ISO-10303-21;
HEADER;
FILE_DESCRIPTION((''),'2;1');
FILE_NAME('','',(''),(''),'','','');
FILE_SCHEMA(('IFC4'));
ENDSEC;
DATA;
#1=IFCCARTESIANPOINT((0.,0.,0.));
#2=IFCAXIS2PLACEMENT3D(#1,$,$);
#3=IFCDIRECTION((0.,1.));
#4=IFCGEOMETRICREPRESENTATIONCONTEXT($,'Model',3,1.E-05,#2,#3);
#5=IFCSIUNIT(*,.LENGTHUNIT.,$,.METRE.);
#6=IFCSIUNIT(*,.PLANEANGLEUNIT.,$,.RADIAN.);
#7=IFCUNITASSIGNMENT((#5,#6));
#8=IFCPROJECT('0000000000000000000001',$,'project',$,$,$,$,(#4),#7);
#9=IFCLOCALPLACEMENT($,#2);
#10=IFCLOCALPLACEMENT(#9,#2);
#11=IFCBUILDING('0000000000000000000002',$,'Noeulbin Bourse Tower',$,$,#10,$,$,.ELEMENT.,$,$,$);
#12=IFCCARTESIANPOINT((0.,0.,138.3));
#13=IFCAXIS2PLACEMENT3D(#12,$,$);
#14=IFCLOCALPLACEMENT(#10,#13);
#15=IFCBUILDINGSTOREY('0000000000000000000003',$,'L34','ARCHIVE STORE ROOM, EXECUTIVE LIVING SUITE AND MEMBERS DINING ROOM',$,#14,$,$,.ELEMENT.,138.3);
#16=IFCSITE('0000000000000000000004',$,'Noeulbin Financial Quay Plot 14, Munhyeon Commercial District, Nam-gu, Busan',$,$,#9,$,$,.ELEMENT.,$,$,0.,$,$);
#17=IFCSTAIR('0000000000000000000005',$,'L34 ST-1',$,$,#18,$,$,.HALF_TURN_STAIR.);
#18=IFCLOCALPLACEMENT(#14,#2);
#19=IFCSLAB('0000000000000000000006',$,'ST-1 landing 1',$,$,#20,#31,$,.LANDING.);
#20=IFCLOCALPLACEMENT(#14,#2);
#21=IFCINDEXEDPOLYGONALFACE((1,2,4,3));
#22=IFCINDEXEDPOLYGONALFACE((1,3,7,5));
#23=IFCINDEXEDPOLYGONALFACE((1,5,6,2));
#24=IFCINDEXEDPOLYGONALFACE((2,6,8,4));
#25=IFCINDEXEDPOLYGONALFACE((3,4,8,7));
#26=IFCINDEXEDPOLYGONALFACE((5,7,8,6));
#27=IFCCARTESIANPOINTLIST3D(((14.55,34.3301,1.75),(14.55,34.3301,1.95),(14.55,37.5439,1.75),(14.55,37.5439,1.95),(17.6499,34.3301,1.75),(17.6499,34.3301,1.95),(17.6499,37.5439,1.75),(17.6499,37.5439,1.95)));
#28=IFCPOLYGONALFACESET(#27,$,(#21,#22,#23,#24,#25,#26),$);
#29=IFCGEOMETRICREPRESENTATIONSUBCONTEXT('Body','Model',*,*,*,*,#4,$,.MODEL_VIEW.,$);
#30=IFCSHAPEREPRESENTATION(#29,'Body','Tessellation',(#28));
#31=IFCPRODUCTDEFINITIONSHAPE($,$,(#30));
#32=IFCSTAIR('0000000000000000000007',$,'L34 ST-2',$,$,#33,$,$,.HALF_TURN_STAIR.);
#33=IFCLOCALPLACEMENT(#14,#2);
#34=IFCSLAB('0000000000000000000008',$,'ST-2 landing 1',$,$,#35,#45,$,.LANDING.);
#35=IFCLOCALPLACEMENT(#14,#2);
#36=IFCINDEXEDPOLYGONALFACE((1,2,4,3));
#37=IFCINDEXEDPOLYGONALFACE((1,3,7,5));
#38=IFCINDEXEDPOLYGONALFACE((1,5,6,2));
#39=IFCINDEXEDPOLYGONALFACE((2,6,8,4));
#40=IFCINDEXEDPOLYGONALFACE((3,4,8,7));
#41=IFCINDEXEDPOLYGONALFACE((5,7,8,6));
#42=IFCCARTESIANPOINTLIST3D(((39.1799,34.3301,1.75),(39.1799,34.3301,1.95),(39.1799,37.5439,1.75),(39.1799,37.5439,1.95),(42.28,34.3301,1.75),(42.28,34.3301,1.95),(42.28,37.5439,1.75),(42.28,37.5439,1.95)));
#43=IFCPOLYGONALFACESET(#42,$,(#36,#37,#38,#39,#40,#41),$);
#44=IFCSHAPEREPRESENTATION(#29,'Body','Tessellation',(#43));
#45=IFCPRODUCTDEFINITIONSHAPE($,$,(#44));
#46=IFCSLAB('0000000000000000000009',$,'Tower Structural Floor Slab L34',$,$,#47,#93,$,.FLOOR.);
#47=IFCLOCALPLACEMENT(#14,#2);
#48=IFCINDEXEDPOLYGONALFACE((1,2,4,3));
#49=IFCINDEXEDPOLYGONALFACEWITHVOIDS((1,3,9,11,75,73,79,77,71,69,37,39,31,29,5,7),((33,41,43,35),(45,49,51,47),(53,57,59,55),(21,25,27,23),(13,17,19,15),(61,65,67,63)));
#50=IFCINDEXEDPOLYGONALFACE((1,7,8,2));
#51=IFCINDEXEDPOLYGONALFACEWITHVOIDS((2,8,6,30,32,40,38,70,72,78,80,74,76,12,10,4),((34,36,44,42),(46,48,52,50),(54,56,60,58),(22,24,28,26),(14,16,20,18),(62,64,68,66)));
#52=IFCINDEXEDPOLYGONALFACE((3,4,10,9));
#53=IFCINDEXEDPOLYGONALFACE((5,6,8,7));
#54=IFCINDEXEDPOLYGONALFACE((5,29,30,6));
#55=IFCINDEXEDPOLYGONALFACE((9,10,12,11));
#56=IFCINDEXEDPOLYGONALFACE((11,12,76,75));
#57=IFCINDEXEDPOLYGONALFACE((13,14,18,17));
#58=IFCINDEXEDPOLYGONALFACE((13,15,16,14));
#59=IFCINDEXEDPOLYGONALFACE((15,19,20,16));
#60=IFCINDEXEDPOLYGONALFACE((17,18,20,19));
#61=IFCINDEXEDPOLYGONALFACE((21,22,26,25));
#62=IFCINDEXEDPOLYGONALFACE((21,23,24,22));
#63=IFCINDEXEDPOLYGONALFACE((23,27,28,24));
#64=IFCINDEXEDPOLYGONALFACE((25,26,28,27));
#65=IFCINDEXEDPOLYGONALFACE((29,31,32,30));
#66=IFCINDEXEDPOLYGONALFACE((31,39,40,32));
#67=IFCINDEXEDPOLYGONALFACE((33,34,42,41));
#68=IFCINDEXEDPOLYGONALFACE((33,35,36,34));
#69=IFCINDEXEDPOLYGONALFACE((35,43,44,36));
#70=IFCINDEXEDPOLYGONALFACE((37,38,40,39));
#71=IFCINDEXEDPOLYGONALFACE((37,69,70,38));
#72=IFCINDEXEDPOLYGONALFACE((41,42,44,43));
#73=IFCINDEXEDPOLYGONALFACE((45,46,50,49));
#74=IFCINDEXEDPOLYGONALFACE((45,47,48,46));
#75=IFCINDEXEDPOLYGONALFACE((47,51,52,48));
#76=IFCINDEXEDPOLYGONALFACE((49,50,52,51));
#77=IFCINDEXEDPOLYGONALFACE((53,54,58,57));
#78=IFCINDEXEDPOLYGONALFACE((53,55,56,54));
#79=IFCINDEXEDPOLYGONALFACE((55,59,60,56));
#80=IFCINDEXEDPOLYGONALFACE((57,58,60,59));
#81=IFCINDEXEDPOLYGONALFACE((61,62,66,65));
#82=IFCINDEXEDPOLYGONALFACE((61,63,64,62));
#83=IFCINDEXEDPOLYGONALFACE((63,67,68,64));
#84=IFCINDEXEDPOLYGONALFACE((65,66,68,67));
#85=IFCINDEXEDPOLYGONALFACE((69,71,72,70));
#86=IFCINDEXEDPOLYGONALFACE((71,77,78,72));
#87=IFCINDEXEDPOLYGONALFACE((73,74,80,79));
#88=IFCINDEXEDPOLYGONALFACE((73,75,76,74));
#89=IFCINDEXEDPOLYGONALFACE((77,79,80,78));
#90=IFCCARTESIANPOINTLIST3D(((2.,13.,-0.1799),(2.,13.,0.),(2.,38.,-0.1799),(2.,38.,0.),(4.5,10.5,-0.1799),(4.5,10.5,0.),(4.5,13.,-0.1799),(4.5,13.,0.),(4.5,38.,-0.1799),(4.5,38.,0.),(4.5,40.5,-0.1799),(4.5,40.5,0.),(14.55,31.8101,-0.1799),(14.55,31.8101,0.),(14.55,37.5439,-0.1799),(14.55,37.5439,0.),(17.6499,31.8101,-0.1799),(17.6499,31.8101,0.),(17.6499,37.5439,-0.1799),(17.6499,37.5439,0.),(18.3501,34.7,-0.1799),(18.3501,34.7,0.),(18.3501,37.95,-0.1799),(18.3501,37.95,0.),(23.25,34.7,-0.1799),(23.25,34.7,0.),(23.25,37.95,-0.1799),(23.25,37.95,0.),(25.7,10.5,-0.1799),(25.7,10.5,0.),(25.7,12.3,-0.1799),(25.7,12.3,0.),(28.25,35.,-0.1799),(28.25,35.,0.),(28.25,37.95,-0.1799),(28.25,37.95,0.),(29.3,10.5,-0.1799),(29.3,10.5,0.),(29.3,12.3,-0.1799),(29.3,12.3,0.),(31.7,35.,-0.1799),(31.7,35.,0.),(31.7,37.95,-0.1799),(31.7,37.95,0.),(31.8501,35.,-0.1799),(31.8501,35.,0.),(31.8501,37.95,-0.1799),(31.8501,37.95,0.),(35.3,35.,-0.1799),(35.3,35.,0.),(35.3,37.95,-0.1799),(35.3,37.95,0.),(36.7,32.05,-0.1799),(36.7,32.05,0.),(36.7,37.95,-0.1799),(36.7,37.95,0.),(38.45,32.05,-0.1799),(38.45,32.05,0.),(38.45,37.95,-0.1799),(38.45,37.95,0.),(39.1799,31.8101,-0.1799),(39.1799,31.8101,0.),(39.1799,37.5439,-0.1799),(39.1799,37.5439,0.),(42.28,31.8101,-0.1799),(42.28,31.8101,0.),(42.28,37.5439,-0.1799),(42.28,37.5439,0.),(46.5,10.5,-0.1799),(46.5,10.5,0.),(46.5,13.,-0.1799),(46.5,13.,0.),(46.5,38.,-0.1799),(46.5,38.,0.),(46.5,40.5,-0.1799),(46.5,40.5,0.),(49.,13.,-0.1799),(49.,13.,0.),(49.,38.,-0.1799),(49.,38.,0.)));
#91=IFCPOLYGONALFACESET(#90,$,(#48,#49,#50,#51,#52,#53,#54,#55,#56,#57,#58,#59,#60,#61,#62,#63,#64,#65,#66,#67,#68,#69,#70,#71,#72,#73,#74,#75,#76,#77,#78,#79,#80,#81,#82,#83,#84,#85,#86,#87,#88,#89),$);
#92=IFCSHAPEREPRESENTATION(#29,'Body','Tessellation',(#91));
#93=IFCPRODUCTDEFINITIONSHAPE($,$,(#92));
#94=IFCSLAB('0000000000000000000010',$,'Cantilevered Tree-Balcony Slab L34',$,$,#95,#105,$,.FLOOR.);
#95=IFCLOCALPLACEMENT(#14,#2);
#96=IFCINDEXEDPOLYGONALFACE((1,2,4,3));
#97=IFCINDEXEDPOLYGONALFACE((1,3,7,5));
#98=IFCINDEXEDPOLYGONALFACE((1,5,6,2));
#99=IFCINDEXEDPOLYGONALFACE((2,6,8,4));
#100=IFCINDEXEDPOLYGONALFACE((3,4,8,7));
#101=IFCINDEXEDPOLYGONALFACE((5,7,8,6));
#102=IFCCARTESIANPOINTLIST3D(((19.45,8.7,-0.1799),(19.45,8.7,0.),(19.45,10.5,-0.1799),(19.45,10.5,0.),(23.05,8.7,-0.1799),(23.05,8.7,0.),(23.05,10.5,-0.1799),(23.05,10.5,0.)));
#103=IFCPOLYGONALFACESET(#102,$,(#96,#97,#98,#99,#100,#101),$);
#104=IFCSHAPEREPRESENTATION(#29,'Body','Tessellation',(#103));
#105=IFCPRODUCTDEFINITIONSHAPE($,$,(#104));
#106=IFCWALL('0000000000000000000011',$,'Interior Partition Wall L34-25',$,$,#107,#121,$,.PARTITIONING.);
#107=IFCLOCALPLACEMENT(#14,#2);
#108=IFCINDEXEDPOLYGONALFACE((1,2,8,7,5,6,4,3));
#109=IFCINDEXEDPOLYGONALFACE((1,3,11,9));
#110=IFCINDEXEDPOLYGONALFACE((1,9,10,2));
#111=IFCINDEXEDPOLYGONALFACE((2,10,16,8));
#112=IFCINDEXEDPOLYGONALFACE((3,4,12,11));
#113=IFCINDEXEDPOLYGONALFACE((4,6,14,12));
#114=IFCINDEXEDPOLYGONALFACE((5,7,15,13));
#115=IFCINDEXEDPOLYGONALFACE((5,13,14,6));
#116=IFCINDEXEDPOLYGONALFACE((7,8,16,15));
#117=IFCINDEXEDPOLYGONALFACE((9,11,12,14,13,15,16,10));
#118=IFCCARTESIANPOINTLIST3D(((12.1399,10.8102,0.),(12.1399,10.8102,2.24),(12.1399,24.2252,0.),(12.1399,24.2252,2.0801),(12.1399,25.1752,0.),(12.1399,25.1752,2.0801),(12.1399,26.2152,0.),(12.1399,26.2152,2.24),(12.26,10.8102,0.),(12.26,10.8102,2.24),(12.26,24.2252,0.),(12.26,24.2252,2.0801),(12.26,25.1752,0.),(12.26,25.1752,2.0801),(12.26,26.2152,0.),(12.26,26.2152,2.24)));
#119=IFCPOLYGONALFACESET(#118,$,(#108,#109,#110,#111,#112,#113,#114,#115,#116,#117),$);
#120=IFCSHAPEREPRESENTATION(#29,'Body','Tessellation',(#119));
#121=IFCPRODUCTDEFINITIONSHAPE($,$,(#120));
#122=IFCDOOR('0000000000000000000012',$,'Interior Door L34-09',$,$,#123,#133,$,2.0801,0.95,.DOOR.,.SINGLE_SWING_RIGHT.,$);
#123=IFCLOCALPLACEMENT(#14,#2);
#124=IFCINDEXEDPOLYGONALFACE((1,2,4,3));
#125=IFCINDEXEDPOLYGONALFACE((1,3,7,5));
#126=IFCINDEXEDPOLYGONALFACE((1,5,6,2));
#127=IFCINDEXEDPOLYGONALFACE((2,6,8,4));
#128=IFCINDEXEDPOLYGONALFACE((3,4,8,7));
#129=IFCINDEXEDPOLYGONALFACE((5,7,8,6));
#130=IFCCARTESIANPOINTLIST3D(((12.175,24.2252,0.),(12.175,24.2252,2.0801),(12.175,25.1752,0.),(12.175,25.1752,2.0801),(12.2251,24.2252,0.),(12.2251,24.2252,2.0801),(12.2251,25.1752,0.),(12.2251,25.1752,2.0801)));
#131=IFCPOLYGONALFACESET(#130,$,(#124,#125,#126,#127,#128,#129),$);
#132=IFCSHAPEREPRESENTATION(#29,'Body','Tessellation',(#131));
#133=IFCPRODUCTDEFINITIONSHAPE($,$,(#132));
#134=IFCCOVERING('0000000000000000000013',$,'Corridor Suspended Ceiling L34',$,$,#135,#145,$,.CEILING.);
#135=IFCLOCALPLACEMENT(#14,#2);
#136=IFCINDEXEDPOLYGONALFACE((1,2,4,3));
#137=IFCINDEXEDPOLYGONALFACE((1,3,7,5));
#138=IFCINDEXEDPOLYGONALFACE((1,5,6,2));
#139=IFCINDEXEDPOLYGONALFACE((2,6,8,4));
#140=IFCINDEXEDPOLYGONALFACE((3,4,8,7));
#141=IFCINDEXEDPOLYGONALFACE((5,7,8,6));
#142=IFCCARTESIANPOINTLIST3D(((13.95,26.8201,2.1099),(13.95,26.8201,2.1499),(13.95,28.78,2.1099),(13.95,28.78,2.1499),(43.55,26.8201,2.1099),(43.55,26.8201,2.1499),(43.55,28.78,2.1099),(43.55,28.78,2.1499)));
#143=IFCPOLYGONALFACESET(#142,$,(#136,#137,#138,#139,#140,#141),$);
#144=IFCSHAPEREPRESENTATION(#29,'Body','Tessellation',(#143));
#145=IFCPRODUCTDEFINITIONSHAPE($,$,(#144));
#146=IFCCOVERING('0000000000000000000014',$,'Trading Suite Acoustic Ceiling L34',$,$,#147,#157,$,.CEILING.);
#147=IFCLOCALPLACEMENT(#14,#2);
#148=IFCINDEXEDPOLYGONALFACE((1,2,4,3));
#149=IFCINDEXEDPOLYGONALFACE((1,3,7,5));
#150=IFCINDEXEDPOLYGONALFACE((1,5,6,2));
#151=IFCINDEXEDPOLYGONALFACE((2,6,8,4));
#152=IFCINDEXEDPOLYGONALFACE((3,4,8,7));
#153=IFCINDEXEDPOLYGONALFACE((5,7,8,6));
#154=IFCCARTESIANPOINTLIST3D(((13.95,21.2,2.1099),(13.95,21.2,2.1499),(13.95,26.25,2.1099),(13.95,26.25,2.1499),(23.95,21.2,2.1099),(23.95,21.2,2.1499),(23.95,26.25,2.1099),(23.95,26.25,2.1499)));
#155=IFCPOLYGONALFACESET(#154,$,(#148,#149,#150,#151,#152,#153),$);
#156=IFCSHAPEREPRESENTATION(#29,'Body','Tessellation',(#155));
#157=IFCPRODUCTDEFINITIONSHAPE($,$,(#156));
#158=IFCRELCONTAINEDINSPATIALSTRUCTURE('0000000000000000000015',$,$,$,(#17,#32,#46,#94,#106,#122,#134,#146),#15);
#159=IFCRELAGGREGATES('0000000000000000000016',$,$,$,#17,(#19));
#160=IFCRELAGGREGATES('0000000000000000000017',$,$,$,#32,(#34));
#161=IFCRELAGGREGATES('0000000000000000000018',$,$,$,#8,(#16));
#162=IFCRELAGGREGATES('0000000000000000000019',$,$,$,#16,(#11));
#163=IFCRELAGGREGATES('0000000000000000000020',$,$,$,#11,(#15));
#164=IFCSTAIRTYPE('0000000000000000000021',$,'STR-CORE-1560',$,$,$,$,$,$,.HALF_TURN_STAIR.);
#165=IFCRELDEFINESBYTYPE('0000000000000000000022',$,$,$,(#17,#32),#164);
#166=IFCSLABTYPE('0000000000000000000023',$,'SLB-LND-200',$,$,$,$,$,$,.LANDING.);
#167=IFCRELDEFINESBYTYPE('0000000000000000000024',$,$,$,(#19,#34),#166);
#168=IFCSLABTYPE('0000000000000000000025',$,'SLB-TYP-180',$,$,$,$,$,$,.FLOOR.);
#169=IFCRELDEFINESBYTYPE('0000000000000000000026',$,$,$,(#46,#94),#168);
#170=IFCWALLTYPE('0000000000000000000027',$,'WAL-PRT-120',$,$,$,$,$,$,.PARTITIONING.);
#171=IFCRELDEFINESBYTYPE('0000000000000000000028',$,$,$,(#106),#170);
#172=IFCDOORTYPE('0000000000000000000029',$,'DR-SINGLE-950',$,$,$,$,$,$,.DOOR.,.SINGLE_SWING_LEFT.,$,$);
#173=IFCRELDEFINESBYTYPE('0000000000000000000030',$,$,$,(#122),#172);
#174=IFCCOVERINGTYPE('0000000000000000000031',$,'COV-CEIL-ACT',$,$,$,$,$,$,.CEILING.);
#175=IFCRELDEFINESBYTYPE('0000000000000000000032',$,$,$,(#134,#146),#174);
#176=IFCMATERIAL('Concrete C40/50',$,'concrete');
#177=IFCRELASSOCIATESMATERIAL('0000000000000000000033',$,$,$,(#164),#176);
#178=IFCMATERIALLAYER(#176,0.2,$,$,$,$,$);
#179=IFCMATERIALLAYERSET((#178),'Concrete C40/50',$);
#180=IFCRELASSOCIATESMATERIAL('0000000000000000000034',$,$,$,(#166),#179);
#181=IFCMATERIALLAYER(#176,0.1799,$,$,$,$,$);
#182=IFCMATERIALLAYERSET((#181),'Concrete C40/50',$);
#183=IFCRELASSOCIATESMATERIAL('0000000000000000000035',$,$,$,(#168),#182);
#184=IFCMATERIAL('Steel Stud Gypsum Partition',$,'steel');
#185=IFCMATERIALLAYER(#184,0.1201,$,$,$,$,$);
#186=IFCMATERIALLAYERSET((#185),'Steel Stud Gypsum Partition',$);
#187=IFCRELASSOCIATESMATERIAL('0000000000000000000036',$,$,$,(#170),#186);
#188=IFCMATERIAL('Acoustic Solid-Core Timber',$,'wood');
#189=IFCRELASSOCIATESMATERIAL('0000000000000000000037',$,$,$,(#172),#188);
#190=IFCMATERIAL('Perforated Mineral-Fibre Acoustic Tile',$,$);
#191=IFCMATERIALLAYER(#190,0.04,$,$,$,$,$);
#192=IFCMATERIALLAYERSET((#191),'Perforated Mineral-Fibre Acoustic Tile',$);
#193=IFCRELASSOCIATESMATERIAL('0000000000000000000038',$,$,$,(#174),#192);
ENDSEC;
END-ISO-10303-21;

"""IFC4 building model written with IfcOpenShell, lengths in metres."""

from ifc_helpers import new_model, si_unit, direction, frame, frame_2d, origin, place, context, subcontext, project, spatial, polyline, rectangle, outline, extrude, material, layer, layer_set, type_object, element, fill, aggregate, save


model = new_model("IFC4")

# Units and contexts
model_context = context("Model", 3, precision=1e-05, world=origin(), true_north=direction((0.0, 1.0)))
body_context = subcontext(model_context, "Body", "Model", "MODEL_VIEW")
ifc_project = project(units=[si_unit("LENGTHUNIT", "METRE"), si_unit("PLANEANGLEUNIT", "RADIAN")], contexts=[model_context])

# Site, building, storey
site_placement = place(None, origin())
site = spatial("IfcSite", under=ifc_project, at=site_placement, Name="Noeulbin Financial Quay Plot 14, Munhyeon Commercial District, Nam-gu, Busan", CompositionType="ELEMENT", RefElevation=0.0)
building_placement = place(site_placement, origin())
building = spatial("IfcBuilding", under=site, at=building_placement, Name="Noeulbin Bourse Tower", CompositionType="ELEMENT")
storey_placement = place(building_placement, frame((0.0, 0.0, 138.3)))
storey = spatial("IfcBuildingStorey", under=building, at=storey_placement, Name="L34", Description="ARCHIVE STORE ROOM, EXECUTIVE LIVING SUITE AND MEMBERS DINING ROOM", CompositionType="ELEMENT", Elevation=138.3)

# Stairs, slabs
ifc_material_1 = material(Name="Concrete C40/50", Category="concrete")
stair_type = type_object("IfcStairType", Name="STR-CORE-1560", PredefinedType="HALF_TURN_STAIR", material=ifc_material_1)
stair_1_placement = place(storey_placement, origin())
stair_1 = element("IfcStair", 1, at=stair_1_placement, inside=storey, type_object=stair_type, Name="L34 ST-1", PredefinedType="HALF_TURN_STAIR")
ifc_layer_1 = layer(ifc_material_1, 0.2)
ifc_layer_set_1 = layer_set([ifc_layer_1], Name="Concrete C40/50")
slab_type_1 = type_object("IfcSlabType", Name="SLB-LND-200", PredefinedType="LANDING", material=ifc_layer_set_1)
slab_1_placement = place(storey_placement, frame((0.0, 0.0, 1.75)))
slab_1 = element("IfcSlab", 2, at=slab_1_placement, type_object=slab_type_1, Name="ST-1 landing 1", PredefinedType="LANDING", context=body_context, shape_type="SweptSolid", body=[
    extrude(outline(polyline([(17.6499, 34.3301), (17.6499, 37.5439), (14.55, 37.5439), (14.55, 34.3301), (17.6499, 34.3301)])), origin(), (0.0, 0.0, 1.0), 0.2),
])
aggregate(stair_1, [slab_1])
stair_2_placement = place(storey_placement, origin())
stair_2 = element("IfcStair", 3, at=stair_2_placement, inside=storey, type_object=stair_type, Name="L34 ST-2", PredefinedType="HALF_TURN_STAIR")
slab_2_placement = place(storey_placement, frame((0.0, 0.0, 1.75)))
slab_2 = element("IfcSlab", 4, at=slab_2_placement, type_object=slab_type_1, Name="ST-2 landing 1", PredefinedType="LANDING", context=body_context, shape_type="SweptSolid", body=[
    extrude(outline(polyline([(42.28, 34.3301), (42.28, 37.5439), (39.1799, 37.5439), (39.1799, 34.3301), (42.28, 34.3301)])), origin(), (0.0, 0.0, 1.0), 0.2),
])
aggregate(stair_2, [slab_2])

# Slab, openings
ifc_layer_2 = layer(ifc_material_1, 0.1799)
ifc_layer_set_2 = layer_set([ifc_layer_2], Name="Concrete C40/50")
slab_type_2 = type_object("IfcSlabType", Name="SLB-TYP-180", PredefinedType="FLOOR", material=ifc_layer_set_2)
slab_3_placement = place(storey_placement, frame((0.0, 0.0, -0.1799)))
slab_3 = element("IfcSlab", 5, at=slab_3_placement, inside=storey, type_object=slab_type_2, Name="Tower Structural Floor Slab L34", PredefinedType="FLOOR", context=body_context, shape_type="SweptSolid", body=[
    extrude(outline(polyline([(4.5, 10.5), (25.7, 10.5), (25.7, 12.3), (29.3, 12.3), (29.3, 10.5), (46.5, 10.5), (46.5, 13.0), (49.0, 13.0), (49.0, 38.0), (46.5, 38.0), (46.5, 40.5), (4.5, 40.5), (4.5, 38.0), (2.0, 38.0), (2.0, 13.0), (4.5, 13.0), (4.5, 10.5)]), holes=[polyline([(17.6499, 31.8101), (17.6499, 37.5439), (14.55, 37.5439), (14.55, 31.8101), (17.6499, 31.8101)]), polyline([(42.28, 31.8101), (42.28, 37.5439), (39.1799, 37.5439), (39.1799, 31.8101), (42.28, 31.8101)]), polyline([(18.3501, 34.7), (23.25, 34.7), (23.25, 37.95), (18.3501, 37.95), (18.3501, 34.7)]), polyline([(36.7, 32.05), (38.45, 32.05), (38.45, 37.95), (36.7, 37.95), (36.7, 32.05)]), polyline([(28.25, 35.0), (31.7, 35.0), (31.7, 37.95), (28.25, 37.95), (28.25, 35.0)]), polyline([(31.8501, 35.0), (35.3, 35.0), (35.3, 37.95), (31.8501, 37.95), (31.8501, 35.0)])]), origin(), (0.0, 0.0, 1.0), 0.1799),
])
opening_1_placement = place(slab_3_placement, frame((0.0, 0.0, -0.01)))
element("IfcOpeningElement", 6, at=opening_1_placement, cuts=slab_3, PredefinedType="OPENING", context=body_context, shape_type="SweptSolid", body=[
    extrude(outline(polyline([(17.6499, 31.8101), (17.6499, 37.5439), (14.55, 37.5439), (14.55, 31.8101), (17.6499, 31.8101)])), origin(), (0.0, 0.0, 1.0), 0.2),
])
opening_2_placement = place(slab_3_placement, frame((0.0, 0.0, -0.01)))
element("IfcOpeningElement", 7, at=opening_2_placement, cuts=slab_3, PredefinedType="OPENING", context=body_context, shape_type="SweptSolid", body=[
    extrude(outline(polyline([(42.28, 31.8101), (42.28, 37.5439), (39.1799, 37.5439), (39.1799, 31.8101), (42.28, 31.8101)])), origin(), (0.0, 0.0, 1.0), 0.2),
])
opening_3_placement = place(slab_3_placement, frame((0.0, 0.0, -0.01)))
element("IfcOpeningElement", 8, at=opening_3_placement, cuts=slab_3, PredefinedType="OPENING", context=body_context, shape_type="SweptSolid", body=[
    extrude(outline(polyline([(18.3501, 34.7), (23.25, 34.7), (23.25, 37.95), (18.3501, 37.95), (18.3501, 34.7)])), origin(), (0.0, 0.0, 1.0), 0.2),
])
opening_4_placement = place(slab_3_placement, frame((0.0, 0.0, -0.01)))
element("IfcOpeningElement", 9, at=opening_4_placement, cuts=slab_3, PredefinedType="OPENING", context=body_context, shape_type="SweptSolid", body=[
    extrude(outline(polyline([(36.7, 32.05), (38.45, 32.05), (38.45, 37.95), (36.7, 37.95), (36.7, 32.05)])), origin(), (0.0, 0.0, 1.0), 0.2),
])
opening_5_placement = place(slab_3_placement, frame((0.0, 0.0, -0.01)))
element("IfcOpeningElement", 10, at=opening_5_placement, cuts=slab_3, PredefinedType="OPENING", context=body_context, shape_type="SweptSolid", body=[
    extrude(outline(polyline([(28.25, 35.0), (31.7, 35.0), (31.7, 37.95), (28.25, 37.95), (28.25, 35.0)])), origin(), (0.0, 0.0, 1.0), 0.2),
])
opening_6_placement = place(slab_3_placement, frame((0.0, 0.0, -0.01)))
element("IfcOpeningElement", 11, at=opening_6_placement, cuts=slab_3, PredefinedType="OPENING", context=body_context, shape_type="SweptSolid", body=[
    extrude(outline(polyline([(31.8501, 35.0), (35.3, 35.0), (35.3, 37.95), (31.8501, 37.95), (31.8501, 35.0)])), origin(), (0.0, 0.0, 1.0), 0.2),
])

# Slab
slab_4_placement = place(storey_placement, frame((0.0, 0.0, -0.1799)))
element("IfcSlab", 12, at=slab_4_placement, inside=storey, type_object=slab_type_2, Name="Cantilevered Tree-Balcony Slab L34", PredefinedType="FLOOR", context=body_context, shape_type="SweptSolid", body=[
    extrude(outline(polyline([(19.45, 8.7), (23.05, 8.7), (23.05, 10.5), (19.45, 10.5), (19.45, 8.7)])), origin(), (0.0, 0.0, 1.0), 0.1799),
])

# Wall, opening, door
ifc_material_2 = material(Name="Steel Stud Gypsum Partition", Category="steel")
ifc_layer_3 = layer(ifc_material_2, 0.1201)
ifc_layer_set_3 = layer_set([ifc_layer_3], Name="Steel Stud Gypsum Partition")
wall_type = type_object("IfcWallType", Name="WAL-PRT-120", PredefinedType="PARTITIONING", material=ifc_layer_set_3)
wall_placement = place(storey_placement, frame((12.2, 10.8101, 0.0), z_axis=(0.0, 0.0, 1.0), x_axis=(0.0, 1.0, 0.0)))
wall = element("IfcWall", 13, at=wall_placement, inside=storey, type_object=wall_type, Name="Interior Partition Wall L34-25", PredefinedType="PARTITIONING", context=body_context, shape_type="SweptSolid", body=[
    extrude(rectangle(XDim=15.405, YDim=0.1201, at=frame_2d((7.7026, 0.0))), origin(), (0.0, 0.0, 1.0), 2.24),
])
opening_7_placement = place(wall_placement, frame((13.415, 0.0, 0.0)))
opening_7 = element("IfcOpeningElement", 14, at=opening_7_placement, cuts=wall, PredefinedType="OPENING", context=body_context, shape_type="SweptSolid", body=[
    extrude(rectangle(XDim=0.95, YDim=2.0801, at=frame_2d((0.4751, 1.04))), frame((0.0, 0.0701, 0.0), z_axis=(0.0, -1.0, 0.0), x_axis=(1.0, 0.0, 0.0)), (0.0, 0.0, 1.0), 0.1401),
])
ifc_material_3 = material(Name="Acoustic Solid-Core Timber", Category="wood")
door_type = type_object("IfcDoorType", Name="DR-SINGLE-950", OperationType="SINGLE_SWING_LEFT", PredefinedType="DOOR", material=ifc_material_3)
door_placement = place(opening_7_placement, origin())
door = element("IfcDoor", 15, at=door_placement, inside=storey, type_object=door_type, Name="Interior Door L34-09", OperationType="SINGLE_SWING_RIGHT", OverallHeight=2.0801, OverallWidth=0.95, PredefinedType="DOOR", context=body_context, shape_type="SweptSolid", body=[
    extrude(rectangle(XDim=0.95, YDim=2.0801, at=frame_2d((0.4751, 1.04))), frame((0.0, 0.0249, 0.0), z_axis=(0.0, -1.0, 0.0), x_axis=(1.0, 0.0, 0.0)), (0.0, 0.0, 1.0), 0.05),
])
fill(opening_7, door)

# Coverings
ifc_material_4 = material(Name="Perforated Mineral-Fibre Acoustic Tile")
ifc_layer_4 = layer(ifc_material_4, 0.04)
ifc_layer_set_4 = layer_set([ifc_layer_4], Name="Perforated Mineral-Fibre Acoustic Tile")
covering_type = type_object("IfcCoveringType", Name="COV-CEIL-ACT", PredefinedType="CEILING", material=ifc_layer_set_4)
covering_1_placement = place(storey_placement, frame((0.0, 0.0, 2.1099)))
element("IfcCovering", 16, at=covering_1_placement, inside=storey, type_object=covering_type, Name="Corridor Suspended Ceiling L34", PredefinedType="CEILING", context=body_context, shape_type="SweptSolid", body=[
    extrude(outline(polyline([(13.95, 26.8201), (43.55, 26.8201), (43.55, 28.78), (13.95, 28.78), (13.95, 26.8201)])), origin(), (0.0, 0.0, 1.0), 0.04),
])
covering_2_placement = place(storey_placement, frame((0.0, 0.0, 2.1099)))
element("IfcCovering", 17, at=covering_2_placement, inside=storey, type_object=covering_type, Name="Trading Suite Acoustic Ceiling L34", PredefinedType="CEILING", context=body_context, shape_type="SweptSolid", body=[
    extrude(outline(polyline([(13.95, 21.2), (23.95, 21.2), (23.95, 26.25), (13.95, 26.25), (13.95, 21.2)])), origin(), (0.0, 0.0, 1.0), 0.04),
])

save(model, "model.ifc")
